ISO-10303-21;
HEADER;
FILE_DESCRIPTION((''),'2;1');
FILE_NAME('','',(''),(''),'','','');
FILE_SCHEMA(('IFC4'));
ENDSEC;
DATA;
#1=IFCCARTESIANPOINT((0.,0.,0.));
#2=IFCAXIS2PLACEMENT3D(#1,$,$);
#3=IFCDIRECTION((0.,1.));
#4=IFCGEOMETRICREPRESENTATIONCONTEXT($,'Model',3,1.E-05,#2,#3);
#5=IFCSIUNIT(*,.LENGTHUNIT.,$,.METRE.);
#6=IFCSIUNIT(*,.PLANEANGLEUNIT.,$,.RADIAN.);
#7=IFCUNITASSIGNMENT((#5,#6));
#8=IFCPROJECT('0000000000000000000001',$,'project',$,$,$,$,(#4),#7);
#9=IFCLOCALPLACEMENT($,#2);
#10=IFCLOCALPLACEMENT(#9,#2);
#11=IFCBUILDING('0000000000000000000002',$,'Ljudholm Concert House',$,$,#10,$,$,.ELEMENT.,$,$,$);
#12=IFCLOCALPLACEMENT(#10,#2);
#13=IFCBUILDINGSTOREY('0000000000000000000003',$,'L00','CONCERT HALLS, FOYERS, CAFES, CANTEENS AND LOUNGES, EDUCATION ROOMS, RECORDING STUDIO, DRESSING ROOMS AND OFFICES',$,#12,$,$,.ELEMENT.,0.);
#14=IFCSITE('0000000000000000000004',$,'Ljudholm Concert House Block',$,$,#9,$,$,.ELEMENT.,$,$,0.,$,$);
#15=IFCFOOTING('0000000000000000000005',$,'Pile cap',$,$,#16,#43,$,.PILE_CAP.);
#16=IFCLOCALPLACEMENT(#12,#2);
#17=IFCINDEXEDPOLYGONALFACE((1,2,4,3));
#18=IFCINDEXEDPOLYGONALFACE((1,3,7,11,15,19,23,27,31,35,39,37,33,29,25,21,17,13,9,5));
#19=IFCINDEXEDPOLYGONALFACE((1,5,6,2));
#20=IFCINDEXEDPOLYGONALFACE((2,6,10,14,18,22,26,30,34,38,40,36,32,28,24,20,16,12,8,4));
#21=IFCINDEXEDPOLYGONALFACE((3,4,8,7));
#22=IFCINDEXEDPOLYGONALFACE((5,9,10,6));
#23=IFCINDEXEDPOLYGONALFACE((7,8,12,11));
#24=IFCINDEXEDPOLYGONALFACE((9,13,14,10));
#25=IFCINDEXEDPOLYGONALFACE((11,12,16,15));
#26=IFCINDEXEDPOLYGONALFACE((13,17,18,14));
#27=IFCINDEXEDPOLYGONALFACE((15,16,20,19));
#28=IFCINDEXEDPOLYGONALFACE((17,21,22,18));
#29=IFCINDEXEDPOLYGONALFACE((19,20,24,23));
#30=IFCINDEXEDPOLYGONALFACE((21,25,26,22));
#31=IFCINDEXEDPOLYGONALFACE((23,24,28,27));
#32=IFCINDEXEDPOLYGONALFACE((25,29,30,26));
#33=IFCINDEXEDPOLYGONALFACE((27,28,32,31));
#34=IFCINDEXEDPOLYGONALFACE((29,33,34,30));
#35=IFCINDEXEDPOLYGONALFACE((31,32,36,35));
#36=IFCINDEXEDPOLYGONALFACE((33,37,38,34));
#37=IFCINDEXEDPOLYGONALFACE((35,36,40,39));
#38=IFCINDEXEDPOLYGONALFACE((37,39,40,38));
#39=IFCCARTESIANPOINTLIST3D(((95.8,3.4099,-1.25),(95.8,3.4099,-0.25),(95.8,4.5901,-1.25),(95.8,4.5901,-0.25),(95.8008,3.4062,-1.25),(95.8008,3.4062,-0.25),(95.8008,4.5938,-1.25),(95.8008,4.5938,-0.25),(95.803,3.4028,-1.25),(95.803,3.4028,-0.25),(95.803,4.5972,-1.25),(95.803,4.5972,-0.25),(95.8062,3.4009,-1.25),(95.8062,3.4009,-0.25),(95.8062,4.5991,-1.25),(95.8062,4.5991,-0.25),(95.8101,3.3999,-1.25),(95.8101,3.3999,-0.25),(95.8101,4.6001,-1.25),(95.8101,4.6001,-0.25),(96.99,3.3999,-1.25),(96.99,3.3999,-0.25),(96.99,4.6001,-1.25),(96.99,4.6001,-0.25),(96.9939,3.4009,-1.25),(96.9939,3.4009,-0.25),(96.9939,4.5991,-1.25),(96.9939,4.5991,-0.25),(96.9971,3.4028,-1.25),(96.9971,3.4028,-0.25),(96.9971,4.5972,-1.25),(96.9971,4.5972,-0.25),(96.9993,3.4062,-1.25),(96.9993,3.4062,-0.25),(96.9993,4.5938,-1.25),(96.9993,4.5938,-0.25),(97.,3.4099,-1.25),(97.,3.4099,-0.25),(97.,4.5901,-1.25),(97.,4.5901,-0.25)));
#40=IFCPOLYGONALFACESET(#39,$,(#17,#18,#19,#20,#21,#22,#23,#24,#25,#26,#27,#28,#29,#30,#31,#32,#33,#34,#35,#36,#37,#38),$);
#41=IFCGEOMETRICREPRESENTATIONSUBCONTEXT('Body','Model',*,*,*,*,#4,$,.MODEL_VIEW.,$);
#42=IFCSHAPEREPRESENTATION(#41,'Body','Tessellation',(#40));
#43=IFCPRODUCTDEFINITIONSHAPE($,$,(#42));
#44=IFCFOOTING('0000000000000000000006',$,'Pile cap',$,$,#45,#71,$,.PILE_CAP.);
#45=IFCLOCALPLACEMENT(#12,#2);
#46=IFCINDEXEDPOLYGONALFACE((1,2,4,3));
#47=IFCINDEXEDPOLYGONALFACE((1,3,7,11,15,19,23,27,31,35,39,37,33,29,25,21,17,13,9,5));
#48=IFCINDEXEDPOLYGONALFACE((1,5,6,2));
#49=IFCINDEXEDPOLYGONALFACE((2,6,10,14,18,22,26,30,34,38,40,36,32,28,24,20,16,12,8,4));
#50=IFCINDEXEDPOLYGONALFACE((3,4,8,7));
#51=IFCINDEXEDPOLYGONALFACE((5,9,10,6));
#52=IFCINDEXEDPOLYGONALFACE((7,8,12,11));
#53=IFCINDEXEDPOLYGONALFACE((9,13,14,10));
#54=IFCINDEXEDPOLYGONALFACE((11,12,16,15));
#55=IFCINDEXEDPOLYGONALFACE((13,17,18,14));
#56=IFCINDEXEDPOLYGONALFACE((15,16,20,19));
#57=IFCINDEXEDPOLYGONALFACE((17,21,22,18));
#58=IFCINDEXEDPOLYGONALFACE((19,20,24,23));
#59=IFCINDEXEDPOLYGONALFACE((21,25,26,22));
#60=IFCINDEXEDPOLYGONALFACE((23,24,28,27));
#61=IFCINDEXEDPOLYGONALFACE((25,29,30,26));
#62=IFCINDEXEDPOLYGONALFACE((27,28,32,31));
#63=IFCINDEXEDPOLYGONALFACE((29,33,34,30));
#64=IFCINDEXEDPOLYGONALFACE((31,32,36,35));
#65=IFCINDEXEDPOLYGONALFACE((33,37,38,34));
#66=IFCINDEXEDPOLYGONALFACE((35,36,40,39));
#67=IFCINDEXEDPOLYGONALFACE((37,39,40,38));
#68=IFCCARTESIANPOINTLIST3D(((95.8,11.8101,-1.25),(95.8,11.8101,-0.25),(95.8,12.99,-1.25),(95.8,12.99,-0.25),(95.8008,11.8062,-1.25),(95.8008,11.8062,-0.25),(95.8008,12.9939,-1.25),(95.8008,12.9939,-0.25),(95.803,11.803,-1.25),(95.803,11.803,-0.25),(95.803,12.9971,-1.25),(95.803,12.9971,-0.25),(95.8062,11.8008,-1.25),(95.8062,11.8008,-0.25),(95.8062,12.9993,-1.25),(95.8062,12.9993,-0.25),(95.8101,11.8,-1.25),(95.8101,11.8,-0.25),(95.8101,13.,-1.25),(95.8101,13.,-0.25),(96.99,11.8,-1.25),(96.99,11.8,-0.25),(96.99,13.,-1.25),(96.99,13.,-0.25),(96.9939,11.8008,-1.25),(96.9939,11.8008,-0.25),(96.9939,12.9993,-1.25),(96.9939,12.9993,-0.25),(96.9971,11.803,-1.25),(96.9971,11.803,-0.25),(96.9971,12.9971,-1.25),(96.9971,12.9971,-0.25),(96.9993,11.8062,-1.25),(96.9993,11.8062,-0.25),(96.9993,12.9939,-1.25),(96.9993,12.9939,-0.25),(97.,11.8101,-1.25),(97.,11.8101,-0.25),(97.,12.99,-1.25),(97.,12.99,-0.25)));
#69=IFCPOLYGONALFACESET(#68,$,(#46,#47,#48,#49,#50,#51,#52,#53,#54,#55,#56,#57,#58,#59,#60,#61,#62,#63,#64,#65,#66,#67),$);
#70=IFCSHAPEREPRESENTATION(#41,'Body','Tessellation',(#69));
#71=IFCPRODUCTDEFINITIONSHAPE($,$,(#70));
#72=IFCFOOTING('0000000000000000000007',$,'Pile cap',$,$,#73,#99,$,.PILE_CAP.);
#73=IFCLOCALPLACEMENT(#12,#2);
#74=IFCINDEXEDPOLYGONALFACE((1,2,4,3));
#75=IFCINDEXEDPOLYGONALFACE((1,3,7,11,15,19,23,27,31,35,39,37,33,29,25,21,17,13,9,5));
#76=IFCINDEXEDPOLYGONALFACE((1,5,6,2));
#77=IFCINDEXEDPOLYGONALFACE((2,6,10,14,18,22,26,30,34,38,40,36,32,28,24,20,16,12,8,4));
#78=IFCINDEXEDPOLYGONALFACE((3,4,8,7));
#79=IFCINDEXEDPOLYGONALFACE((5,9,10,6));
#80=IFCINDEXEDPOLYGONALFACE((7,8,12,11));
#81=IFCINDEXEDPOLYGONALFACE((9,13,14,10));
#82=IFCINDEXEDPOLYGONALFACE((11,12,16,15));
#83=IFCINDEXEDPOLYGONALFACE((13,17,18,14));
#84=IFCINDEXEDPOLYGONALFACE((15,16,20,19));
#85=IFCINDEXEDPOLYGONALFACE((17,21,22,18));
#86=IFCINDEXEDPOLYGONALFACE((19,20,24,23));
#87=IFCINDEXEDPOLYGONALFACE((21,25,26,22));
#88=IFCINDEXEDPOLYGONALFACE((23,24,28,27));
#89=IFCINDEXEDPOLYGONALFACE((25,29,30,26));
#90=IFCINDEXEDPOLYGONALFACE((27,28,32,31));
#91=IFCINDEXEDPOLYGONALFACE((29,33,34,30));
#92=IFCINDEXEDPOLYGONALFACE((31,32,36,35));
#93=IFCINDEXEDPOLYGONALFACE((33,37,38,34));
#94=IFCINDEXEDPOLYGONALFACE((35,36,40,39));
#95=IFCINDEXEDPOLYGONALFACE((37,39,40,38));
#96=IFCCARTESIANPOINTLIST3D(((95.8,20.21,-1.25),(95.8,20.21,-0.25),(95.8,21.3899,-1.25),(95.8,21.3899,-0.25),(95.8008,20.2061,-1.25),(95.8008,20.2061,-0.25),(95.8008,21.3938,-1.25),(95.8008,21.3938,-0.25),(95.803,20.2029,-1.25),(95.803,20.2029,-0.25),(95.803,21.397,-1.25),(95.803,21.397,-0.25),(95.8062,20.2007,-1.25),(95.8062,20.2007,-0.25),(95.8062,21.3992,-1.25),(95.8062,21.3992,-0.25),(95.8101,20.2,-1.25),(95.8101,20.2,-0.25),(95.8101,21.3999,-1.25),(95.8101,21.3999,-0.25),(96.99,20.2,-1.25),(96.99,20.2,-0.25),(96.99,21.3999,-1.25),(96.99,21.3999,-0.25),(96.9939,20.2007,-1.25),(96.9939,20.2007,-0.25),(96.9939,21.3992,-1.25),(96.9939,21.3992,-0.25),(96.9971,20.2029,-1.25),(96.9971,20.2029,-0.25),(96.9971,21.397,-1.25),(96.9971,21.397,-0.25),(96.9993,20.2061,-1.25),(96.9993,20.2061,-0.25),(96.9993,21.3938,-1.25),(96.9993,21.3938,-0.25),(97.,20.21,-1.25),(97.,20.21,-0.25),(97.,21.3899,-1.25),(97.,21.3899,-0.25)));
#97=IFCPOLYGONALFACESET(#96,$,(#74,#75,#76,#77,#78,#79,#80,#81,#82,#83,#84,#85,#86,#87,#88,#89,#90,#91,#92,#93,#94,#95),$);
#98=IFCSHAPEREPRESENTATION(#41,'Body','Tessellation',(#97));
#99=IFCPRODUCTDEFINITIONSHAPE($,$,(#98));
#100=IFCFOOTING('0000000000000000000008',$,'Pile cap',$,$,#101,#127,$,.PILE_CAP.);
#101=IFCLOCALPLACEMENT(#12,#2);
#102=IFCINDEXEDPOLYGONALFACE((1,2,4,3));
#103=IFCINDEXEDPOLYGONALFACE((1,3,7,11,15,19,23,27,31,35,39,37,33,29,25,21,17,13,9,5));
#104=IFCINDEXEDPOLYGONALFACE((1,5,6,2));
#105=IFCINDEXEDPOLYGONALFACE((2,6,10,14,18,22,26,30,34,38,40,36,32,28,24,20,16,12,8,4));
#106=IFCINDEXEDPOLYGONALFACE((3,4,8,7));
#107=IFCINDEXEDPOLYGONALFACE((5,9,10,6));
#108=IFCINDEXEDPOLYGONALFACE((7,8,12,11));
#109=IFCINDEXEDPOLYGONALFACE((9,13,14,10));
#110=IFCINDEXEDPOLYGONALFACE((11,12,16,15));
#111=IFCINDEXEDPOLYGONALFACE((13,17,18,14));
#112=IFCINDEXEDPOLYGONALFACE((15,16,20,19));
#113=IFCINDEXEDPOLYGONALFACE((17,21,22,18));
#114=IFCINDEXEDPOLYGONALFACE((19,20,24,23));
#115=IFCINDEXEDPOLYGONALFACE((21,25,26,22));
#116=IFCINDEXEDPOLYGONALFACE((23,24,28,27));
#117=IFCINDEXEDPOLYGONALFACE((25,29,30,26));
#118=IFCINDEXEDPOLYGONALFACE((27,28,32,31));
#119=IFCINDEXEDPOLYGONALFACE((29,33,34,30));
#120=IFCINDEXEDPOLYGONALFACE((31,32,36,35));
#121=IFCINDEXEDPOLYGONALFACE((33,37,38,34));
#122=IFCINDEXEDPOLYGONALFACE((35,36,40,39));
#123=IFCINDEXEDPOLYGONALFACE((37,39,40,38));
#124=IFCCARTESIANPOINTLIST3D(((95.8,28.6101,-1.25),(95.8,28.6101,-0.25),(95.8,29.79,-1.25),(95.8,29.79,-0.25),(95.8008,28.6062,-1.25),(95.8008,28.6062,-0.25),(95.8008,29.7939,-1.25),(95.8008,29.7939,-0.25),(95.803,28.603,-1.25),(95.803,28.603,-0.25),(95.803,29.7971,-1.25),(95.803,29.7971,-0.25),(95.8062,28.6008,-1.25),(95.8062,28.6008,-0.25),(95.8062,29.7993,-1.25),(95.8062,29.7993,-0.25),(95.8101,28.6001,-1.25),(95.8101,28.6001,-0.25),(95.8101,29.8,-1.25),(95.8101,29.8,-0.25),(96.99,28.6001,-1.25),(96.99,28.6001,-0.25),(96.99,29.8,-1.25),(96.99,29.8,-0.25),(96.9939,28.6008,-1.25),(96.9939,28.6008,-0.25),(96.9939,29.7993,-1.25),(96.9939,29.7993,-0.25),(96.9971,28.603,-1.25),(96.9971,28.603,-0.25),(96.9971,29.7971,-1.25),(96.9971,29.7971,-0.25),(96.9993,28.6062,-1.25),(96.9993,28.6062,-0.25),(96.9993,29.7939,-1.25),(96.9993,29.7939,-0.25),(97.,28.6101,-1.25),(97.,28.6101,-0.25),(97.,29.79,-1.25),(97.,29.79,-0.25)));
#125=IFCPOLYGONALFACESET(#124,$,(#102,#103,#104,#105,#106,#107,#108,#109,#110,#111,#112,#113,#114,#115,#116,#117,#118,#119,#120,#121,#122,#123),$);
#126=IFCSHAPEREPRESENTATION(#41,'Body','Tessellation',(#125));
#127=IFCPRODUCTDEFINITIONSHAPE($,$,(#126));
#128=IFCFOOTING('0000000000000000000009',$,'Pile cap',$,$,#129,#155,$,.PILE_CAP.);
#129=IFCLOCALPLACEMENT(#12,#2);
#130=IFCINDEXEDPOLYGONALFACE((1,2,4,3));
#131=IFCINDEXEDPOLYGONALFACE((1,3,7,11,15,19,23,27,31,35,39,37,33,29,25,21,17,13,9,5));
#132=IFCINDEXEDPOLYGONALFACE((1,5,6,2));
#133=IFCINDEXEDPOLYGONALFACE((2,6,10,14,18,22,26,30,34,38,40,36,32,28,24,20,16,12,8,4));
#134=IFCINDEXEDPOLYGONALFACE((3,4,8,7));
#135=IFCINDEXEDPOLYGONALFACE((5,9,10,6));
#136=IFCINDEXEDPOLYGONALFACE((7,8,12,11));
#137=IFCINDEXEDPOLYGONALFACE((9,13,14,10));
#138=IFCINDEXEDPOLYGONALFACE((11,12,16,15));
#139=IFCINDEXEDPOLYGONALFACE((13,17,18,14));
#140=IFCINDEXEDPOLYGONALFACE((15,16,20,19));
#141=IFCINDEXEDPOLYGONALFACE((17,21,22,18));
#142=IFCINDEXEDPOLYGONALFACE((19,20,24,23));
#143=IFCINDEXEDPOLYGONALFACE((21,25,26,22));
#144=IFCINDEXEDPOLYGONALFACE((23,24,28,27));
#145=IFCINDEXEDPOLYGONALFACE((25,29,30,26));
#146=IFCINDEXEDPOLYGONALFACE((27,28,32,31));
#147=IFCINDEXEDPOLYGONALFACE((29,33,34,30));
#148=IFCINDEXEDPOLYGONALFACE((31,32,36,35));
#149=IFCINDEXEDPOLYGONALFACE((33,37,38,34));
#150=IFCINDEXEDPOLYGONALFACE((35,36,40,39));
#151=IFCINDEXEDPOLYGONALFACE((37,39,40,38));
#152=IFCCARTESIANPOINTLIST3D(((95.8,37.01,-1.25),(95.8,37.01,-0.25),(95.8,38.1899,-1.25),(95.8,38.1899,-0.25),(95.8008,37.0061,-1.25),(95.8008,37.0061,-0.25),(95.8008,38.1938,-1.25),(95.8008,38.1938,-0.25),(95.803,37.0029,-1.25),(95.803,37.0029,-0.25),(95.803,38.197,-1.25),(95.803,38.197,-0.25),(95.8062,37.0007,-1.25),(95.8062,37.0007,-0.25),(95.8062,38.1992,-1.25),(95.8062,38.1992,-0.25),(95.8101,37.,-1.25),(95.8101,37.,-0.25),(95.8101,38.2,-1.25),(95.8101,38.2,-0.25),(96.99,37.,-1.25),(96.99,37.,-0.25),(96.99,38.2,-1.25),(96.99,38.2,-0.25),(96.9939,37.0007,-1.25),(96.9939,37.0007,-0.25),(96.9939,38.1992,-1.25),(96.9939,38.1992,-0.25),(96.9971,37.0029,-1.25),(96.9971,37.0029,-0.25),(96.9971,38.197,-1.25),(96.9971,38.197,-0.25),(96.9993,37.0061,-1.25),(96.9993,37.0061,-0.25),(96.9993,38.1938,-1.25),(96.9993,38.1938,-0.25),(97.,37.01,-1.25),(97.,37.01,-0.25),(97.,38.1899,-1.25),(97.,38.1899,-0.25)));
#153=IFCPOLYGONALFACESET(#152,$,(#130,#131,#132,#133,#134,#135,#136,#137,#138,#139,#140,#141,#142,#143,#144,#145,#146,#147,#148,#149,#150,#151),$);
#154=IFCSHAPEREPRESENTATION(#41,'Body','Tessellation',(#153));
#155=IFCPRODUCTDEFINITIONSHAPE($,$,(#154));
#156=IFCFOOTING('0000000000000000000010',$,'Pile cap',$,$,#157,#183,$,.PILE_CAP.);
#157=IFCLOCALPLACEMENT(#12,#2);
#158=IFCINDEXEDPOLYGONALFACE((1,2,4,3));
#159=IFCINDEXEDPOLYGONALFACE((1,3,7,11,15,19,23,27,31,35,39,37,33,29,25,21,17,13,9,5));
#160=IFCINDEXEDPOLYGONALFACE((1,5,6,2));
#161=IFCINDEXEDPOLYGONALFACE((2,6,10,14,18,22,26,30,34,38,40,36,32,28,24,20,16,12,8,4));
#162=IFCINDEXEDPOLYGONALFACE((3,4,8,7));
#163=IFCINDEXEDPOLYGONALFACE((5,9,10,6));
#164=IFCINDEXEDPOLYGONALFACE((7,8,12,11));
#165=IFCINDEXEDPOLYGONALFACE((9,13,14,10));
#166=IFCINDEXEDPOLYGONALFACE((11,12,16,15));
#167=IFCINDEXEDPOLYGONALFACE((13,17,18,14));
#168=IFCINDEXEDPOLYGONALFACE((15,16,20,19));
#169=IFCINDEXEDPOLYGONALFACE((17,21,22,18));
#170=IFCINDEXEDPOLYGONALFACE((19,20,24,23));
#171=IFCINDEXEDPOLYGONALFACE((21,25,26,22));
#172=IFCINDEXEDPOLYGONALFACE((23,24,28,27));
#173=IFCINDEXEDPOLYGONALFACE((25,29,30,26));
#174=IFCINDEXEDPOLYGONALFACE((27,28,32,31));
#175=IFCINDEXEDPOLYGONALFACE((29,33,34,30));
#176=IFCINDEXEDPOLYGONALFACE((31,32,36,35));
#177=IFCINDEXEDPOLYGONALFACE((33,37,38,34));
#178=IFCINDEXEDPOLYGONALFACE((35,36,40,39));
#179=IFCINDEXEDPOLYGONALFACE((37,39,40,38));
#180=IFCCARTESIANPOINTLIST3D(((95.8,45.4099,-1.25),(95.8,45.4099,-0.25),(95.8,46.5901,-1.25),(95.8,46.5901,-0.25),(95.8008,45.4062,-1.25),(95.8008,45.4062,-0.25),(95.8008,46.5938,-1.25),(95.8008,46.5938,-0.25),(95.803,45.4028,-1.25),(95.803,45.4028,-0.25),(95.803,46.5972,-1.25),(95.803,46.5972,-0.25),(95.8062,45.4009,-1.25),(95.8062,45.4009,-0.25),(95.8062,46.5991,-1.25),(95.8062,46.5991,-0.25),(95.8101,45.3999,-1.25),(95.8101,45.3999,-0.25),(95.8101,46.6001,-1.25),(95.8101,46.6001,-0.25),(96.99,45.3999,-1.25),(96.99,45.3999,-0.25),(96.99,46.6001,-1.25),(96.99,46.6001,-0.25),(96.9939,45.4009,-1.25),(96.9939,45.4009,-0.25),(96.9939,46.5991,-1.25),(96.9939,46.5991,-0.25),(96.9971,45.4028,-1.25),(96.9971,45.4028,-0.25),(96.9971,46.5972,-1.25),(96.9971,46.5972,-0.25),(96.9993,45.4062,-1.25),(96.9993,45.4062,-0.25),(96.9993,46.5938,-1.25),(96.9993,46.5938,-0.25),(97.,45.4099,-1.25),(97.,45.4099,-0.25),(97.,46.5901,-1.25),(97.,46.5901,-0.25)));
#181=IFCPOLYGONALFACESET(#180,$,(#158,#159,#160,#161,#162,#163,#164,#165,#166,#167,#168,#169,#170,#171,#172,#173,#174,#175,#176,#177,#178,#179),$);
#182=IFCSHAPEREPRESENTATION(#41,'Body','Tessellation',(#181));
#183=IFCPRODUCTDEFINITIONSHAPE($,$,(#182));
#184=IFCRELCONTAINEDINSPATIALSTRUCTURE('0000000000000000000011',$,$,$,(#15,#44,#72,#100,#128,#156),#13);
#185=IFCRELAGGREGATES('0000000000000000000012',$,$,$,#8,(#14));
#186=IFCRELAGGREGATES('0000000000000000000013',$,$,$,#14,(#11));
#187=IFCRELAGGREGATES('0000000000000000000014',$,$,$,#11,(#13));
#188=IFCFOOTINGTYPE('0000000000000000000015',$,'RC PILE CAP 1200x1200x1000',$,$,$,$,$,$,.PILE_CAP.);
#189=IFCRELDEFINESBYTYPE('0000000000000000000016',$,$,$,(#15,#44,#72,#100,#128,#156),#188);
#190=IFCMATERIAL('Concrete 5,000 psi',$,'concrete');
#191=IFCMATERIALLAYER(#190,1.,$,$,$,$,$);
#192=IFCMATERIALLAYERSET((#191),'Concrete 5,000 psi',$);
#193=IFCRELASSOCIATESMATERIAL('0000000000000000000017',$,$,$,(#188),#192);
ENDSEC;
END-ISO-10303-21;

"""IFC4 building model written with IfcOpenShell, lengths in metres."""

from ifc_helpers import new_model, si_unit, direction, frame, origin, place, context, subcontext, project, spatial, polyline, outline, extrude, material, layer, layer_set, type_object, element, save


model = new_model("IFC4")

# Units and contexts
model_context = context("Model", 3, precision=1e-05, world=origin(), true_north=direction((0.0, 1.0)))
body_context = subcontext(model_context, "Body", "Model", "MODEL_VIEW")
ifc_project = project(units=[si_unit("LENGTHUNIT", "METRE"), si_unit("PLANEANGLEUNIT", "RADIAN")], contexts=[model_context])

# Site, building, storey
site_placement = place(None, origin())
site = spatial("IfcSite", under=ifc_project, at=site_placement, Name="Ljudholm Concert House Block", CompositionType="ELEMENT", RefElevation=0.0)
building_placement = place(site_placement, origin())
building = spatial("IfcBuilding", under=site, at=building_placement, Name="Ljudholm Concert House", CompositionType="ELEMENT")
storey_placement = place(building_placement, origin())
storey = spatial("IfcBuildingStorey", under=building, at=storey_placement, Name="L00", Description="CONCERT HALLS, FOYERS, CAFES, CANTEENS AND LOUNGES, EDUCATION ROOMS, RECORDING STUDIO, DRESSING ROOMS AND OFFICES", CompositionType="ELEMENT", Elevation=0.0)

# Footings
ifc_material_1 = material(Name="Concrete 5,000 psi", Category="concrete")
ifc_layer_1 = layer(ifc_material_1, 1.0)
ifc_layer_set_1 = layer_set([ifc_layer_1], Name="Concrete 5,000 psi")
footing_type_1 = type_object("IfcFootingType", Name="RC PILE CAP 1200x1200x1000", PredefinedType="PILE_CAP", material=ifc_layer_set_1)
footing_1_placement = place(storey_placement, frame((0.0, 0.0, -1.25)))
element("IfcFooting", 1, at=footing_1_placement, inside=storey, type_object=footing_type_1, Name="Pile cap", PredefinedType="PILE_CAP", context=body_context, shape_type="SweptSolid", body=[
    extrude(outline(polyline([(95.8101, 3.3999), (96.99, 3.3999), (96.9939, 3.4009), (96.9971, 3.4028), (96.9993, 3.4062), (97.0, 3.4099), (97.0, 4.5901), (96.9993, 4.5938), (96.9971, 4.5972), (96.9939, 4.5991), (96.99, 4.6001), (95.8101, 4.6001), (95.8062, 4.5991), (95.803, 4.5972), (95.8008, 4.5938), (95.8, 4.5901), (95.8, 3.4099), (95.8008, 3.4062), (95.803, 3.4028), (95.8062, 3.4009), (95.8101, 3.3999)])), origin(), (0.0, 0.0, 1.0), 1.0),
])
footing_2_placement = place(storey_placement, frame((0.0, 0.0, -1.25)))
element("IfcFooting", 2, at=footing_2_placement, inside=storey, type_object=footing_type_1, Name="Pile cap", PredefinedType="PILE_CAP", context=body_context, shape_type="SweptSolid", body=[
    extrude(outline(polyline([(95.8, 12.99), (95.8, 11.8101), (95.8008, 11.8062), (95.803, 11.803), (95.8062, 11.8008), (95.8101, 11.8), (96.99, 11.8), (96.9939, 11.8008), (96.9971, 11.803), (96.9993, 11.8062), (97.0, 11.8101), (97.0, 12.99), (96.9993, 12.9939), (96.9971, 12.9971), (96.9939, 12.9993), (96.99, 13.0), (95.8101, 13.0), (95.8062, 12.9993), (95.803, 12.9971), (95.8008, 12.9939), (95.8, 12.99)])), origin(), (0.0, 0.0, 1.0), 1.0),
])
footing_3_placement = place(storey_placement, frame((0.0, 0.0, -1.25)))
element("IfcFooting", 3, at=footing_3_placement, inside=storey, type_object=footing_type_1, Name="Pile cap", PredefinedType="PILE_CAP", context=body_context, shape_type="SweptSolid", body=[
    extrude(outline(polyline([(95.8101, 20.2), (96.99, 20.2), (96.9939, 20.2007), (96.9971, 20.2029), (96.9993, 20.2061), (97.0, 20.21), (97.0, 21.3899), (96.9993, 21.3938), (96.9971, 21.397), (96.9939, 21.3992), (96.99, 21.3999), (95.8101, 21.3999), (95.8062, 21.3992), (95.803, 21.397), (95.8008, 21.3938), (95.8, 21.3899), (95.8, 20.21), (95.8008, 20.2061), (95.803, 20.2029), (95.8062, 20.2007), (95.8101, 20.2)])), origin(), (0.0, 0.0, 1.0), 1.0),
])
footing_4_placement = place(storey_placement, frame((0.0, 0.0, -1.25)))
element("IfcFooting", 4, at=footing_4_placement, inside=storey, type_object=footing_type_1, Name="Pile cap", PredefinedType="PILE_CAP", context=body_context, shape_type="SweptSolid", body=[
    extrude(outline(polyline([(95.8, 29.79), (95.8, 28.6101), (95.8008, 28.6062), (95.803, 28.603), (95.8062, 28.6008), (95.8101, 28.6001), (96.99, 28.6001), (96.9939, 28.6008), (96.9971, 28.603), (96.9993, 28.6062), (97.0, 28.6101), (97.0, 29.79), (96.9993, 29.7939), (96.9971, 29.7971), (96.9939, 29.7993), (96.99, 29.8), (95.8101, 29.8), (95.8062, 29.7993), (95.803, 29.7971), (95.8008, 29.7939), (95.8, 29.79)])), origin(), (0.0, 0.0, 1.0), 1.0),
])
footing_5_placement = place(storey_placement, frame((0.0, 0.0, -1.25)))
element("IfcFooting", 5, at=footing_5_placement, inside=storey, type_object=footing_type_1, Name="Pile cap", PredefinedType="PILE_CAP", context=body_context, shape_type="SweptSolid", body=[
    extrude(outline(polyline([(95.8101, 37.0), (96.99, 37.0), (96.9939, 37.0007), (96.9971, 37.0029), (96.9993, 37.0061), (97.0, 37.01), (97.0, 38.1899), (96.9993, 38.1938), (96.9971, 38.197), (96.9939, 38.1992), (96.99, 38.2), (95.8101, 38.2), (95.8062, 38.1992), (95.803, 38.197), (95.8008, 38.1938), (95.8, 38.1899), (95.8, 37.01), (95.8008, 37.0061), (95.803, 37.0029), (95.8062, 37.0007), (95.8101, 37.0)])), origin(), (0.0, 0.0, 1.0), 1.0),
])
footing_6_placement = place(storey_placement, frame((0.0, 0.0, -1.25)))
element("IfcFooting", 6, at=footing_6_placement, inside=storey, type_object=footing_type_1, Name="Pile cap", PredefinedType="PILE_CAP", context=body_context, shape_type="SweptSolid", body=[
    extrude(outline(polyline([(95.8101, 45.3999), (96.99, 45.3999), (96.9939, 45.4009), (96.9971, 45.4028), (96.9993, 45.4062), (97.0, 45.4099), (97.0, 46.5901), (96.9993, 46.5938), (96.9971, 46.5972), (96.9939, 46.5991), (96.99, 46.6001), (95.8101, 46.6001), (95.8062, 46.5991), (95.803, 46.5972), (95.8008, 46.5938), (95.8, 46.5901), (95.8, 45.4099), (95.8008, 45.4062), (95.803, 45.4028), (95.8062, 45.4009), (95.8101, 45.3999)])), origin(), (0.0, 0.0, 1.0), 1.0),
])

save(model, "model.ifc")
